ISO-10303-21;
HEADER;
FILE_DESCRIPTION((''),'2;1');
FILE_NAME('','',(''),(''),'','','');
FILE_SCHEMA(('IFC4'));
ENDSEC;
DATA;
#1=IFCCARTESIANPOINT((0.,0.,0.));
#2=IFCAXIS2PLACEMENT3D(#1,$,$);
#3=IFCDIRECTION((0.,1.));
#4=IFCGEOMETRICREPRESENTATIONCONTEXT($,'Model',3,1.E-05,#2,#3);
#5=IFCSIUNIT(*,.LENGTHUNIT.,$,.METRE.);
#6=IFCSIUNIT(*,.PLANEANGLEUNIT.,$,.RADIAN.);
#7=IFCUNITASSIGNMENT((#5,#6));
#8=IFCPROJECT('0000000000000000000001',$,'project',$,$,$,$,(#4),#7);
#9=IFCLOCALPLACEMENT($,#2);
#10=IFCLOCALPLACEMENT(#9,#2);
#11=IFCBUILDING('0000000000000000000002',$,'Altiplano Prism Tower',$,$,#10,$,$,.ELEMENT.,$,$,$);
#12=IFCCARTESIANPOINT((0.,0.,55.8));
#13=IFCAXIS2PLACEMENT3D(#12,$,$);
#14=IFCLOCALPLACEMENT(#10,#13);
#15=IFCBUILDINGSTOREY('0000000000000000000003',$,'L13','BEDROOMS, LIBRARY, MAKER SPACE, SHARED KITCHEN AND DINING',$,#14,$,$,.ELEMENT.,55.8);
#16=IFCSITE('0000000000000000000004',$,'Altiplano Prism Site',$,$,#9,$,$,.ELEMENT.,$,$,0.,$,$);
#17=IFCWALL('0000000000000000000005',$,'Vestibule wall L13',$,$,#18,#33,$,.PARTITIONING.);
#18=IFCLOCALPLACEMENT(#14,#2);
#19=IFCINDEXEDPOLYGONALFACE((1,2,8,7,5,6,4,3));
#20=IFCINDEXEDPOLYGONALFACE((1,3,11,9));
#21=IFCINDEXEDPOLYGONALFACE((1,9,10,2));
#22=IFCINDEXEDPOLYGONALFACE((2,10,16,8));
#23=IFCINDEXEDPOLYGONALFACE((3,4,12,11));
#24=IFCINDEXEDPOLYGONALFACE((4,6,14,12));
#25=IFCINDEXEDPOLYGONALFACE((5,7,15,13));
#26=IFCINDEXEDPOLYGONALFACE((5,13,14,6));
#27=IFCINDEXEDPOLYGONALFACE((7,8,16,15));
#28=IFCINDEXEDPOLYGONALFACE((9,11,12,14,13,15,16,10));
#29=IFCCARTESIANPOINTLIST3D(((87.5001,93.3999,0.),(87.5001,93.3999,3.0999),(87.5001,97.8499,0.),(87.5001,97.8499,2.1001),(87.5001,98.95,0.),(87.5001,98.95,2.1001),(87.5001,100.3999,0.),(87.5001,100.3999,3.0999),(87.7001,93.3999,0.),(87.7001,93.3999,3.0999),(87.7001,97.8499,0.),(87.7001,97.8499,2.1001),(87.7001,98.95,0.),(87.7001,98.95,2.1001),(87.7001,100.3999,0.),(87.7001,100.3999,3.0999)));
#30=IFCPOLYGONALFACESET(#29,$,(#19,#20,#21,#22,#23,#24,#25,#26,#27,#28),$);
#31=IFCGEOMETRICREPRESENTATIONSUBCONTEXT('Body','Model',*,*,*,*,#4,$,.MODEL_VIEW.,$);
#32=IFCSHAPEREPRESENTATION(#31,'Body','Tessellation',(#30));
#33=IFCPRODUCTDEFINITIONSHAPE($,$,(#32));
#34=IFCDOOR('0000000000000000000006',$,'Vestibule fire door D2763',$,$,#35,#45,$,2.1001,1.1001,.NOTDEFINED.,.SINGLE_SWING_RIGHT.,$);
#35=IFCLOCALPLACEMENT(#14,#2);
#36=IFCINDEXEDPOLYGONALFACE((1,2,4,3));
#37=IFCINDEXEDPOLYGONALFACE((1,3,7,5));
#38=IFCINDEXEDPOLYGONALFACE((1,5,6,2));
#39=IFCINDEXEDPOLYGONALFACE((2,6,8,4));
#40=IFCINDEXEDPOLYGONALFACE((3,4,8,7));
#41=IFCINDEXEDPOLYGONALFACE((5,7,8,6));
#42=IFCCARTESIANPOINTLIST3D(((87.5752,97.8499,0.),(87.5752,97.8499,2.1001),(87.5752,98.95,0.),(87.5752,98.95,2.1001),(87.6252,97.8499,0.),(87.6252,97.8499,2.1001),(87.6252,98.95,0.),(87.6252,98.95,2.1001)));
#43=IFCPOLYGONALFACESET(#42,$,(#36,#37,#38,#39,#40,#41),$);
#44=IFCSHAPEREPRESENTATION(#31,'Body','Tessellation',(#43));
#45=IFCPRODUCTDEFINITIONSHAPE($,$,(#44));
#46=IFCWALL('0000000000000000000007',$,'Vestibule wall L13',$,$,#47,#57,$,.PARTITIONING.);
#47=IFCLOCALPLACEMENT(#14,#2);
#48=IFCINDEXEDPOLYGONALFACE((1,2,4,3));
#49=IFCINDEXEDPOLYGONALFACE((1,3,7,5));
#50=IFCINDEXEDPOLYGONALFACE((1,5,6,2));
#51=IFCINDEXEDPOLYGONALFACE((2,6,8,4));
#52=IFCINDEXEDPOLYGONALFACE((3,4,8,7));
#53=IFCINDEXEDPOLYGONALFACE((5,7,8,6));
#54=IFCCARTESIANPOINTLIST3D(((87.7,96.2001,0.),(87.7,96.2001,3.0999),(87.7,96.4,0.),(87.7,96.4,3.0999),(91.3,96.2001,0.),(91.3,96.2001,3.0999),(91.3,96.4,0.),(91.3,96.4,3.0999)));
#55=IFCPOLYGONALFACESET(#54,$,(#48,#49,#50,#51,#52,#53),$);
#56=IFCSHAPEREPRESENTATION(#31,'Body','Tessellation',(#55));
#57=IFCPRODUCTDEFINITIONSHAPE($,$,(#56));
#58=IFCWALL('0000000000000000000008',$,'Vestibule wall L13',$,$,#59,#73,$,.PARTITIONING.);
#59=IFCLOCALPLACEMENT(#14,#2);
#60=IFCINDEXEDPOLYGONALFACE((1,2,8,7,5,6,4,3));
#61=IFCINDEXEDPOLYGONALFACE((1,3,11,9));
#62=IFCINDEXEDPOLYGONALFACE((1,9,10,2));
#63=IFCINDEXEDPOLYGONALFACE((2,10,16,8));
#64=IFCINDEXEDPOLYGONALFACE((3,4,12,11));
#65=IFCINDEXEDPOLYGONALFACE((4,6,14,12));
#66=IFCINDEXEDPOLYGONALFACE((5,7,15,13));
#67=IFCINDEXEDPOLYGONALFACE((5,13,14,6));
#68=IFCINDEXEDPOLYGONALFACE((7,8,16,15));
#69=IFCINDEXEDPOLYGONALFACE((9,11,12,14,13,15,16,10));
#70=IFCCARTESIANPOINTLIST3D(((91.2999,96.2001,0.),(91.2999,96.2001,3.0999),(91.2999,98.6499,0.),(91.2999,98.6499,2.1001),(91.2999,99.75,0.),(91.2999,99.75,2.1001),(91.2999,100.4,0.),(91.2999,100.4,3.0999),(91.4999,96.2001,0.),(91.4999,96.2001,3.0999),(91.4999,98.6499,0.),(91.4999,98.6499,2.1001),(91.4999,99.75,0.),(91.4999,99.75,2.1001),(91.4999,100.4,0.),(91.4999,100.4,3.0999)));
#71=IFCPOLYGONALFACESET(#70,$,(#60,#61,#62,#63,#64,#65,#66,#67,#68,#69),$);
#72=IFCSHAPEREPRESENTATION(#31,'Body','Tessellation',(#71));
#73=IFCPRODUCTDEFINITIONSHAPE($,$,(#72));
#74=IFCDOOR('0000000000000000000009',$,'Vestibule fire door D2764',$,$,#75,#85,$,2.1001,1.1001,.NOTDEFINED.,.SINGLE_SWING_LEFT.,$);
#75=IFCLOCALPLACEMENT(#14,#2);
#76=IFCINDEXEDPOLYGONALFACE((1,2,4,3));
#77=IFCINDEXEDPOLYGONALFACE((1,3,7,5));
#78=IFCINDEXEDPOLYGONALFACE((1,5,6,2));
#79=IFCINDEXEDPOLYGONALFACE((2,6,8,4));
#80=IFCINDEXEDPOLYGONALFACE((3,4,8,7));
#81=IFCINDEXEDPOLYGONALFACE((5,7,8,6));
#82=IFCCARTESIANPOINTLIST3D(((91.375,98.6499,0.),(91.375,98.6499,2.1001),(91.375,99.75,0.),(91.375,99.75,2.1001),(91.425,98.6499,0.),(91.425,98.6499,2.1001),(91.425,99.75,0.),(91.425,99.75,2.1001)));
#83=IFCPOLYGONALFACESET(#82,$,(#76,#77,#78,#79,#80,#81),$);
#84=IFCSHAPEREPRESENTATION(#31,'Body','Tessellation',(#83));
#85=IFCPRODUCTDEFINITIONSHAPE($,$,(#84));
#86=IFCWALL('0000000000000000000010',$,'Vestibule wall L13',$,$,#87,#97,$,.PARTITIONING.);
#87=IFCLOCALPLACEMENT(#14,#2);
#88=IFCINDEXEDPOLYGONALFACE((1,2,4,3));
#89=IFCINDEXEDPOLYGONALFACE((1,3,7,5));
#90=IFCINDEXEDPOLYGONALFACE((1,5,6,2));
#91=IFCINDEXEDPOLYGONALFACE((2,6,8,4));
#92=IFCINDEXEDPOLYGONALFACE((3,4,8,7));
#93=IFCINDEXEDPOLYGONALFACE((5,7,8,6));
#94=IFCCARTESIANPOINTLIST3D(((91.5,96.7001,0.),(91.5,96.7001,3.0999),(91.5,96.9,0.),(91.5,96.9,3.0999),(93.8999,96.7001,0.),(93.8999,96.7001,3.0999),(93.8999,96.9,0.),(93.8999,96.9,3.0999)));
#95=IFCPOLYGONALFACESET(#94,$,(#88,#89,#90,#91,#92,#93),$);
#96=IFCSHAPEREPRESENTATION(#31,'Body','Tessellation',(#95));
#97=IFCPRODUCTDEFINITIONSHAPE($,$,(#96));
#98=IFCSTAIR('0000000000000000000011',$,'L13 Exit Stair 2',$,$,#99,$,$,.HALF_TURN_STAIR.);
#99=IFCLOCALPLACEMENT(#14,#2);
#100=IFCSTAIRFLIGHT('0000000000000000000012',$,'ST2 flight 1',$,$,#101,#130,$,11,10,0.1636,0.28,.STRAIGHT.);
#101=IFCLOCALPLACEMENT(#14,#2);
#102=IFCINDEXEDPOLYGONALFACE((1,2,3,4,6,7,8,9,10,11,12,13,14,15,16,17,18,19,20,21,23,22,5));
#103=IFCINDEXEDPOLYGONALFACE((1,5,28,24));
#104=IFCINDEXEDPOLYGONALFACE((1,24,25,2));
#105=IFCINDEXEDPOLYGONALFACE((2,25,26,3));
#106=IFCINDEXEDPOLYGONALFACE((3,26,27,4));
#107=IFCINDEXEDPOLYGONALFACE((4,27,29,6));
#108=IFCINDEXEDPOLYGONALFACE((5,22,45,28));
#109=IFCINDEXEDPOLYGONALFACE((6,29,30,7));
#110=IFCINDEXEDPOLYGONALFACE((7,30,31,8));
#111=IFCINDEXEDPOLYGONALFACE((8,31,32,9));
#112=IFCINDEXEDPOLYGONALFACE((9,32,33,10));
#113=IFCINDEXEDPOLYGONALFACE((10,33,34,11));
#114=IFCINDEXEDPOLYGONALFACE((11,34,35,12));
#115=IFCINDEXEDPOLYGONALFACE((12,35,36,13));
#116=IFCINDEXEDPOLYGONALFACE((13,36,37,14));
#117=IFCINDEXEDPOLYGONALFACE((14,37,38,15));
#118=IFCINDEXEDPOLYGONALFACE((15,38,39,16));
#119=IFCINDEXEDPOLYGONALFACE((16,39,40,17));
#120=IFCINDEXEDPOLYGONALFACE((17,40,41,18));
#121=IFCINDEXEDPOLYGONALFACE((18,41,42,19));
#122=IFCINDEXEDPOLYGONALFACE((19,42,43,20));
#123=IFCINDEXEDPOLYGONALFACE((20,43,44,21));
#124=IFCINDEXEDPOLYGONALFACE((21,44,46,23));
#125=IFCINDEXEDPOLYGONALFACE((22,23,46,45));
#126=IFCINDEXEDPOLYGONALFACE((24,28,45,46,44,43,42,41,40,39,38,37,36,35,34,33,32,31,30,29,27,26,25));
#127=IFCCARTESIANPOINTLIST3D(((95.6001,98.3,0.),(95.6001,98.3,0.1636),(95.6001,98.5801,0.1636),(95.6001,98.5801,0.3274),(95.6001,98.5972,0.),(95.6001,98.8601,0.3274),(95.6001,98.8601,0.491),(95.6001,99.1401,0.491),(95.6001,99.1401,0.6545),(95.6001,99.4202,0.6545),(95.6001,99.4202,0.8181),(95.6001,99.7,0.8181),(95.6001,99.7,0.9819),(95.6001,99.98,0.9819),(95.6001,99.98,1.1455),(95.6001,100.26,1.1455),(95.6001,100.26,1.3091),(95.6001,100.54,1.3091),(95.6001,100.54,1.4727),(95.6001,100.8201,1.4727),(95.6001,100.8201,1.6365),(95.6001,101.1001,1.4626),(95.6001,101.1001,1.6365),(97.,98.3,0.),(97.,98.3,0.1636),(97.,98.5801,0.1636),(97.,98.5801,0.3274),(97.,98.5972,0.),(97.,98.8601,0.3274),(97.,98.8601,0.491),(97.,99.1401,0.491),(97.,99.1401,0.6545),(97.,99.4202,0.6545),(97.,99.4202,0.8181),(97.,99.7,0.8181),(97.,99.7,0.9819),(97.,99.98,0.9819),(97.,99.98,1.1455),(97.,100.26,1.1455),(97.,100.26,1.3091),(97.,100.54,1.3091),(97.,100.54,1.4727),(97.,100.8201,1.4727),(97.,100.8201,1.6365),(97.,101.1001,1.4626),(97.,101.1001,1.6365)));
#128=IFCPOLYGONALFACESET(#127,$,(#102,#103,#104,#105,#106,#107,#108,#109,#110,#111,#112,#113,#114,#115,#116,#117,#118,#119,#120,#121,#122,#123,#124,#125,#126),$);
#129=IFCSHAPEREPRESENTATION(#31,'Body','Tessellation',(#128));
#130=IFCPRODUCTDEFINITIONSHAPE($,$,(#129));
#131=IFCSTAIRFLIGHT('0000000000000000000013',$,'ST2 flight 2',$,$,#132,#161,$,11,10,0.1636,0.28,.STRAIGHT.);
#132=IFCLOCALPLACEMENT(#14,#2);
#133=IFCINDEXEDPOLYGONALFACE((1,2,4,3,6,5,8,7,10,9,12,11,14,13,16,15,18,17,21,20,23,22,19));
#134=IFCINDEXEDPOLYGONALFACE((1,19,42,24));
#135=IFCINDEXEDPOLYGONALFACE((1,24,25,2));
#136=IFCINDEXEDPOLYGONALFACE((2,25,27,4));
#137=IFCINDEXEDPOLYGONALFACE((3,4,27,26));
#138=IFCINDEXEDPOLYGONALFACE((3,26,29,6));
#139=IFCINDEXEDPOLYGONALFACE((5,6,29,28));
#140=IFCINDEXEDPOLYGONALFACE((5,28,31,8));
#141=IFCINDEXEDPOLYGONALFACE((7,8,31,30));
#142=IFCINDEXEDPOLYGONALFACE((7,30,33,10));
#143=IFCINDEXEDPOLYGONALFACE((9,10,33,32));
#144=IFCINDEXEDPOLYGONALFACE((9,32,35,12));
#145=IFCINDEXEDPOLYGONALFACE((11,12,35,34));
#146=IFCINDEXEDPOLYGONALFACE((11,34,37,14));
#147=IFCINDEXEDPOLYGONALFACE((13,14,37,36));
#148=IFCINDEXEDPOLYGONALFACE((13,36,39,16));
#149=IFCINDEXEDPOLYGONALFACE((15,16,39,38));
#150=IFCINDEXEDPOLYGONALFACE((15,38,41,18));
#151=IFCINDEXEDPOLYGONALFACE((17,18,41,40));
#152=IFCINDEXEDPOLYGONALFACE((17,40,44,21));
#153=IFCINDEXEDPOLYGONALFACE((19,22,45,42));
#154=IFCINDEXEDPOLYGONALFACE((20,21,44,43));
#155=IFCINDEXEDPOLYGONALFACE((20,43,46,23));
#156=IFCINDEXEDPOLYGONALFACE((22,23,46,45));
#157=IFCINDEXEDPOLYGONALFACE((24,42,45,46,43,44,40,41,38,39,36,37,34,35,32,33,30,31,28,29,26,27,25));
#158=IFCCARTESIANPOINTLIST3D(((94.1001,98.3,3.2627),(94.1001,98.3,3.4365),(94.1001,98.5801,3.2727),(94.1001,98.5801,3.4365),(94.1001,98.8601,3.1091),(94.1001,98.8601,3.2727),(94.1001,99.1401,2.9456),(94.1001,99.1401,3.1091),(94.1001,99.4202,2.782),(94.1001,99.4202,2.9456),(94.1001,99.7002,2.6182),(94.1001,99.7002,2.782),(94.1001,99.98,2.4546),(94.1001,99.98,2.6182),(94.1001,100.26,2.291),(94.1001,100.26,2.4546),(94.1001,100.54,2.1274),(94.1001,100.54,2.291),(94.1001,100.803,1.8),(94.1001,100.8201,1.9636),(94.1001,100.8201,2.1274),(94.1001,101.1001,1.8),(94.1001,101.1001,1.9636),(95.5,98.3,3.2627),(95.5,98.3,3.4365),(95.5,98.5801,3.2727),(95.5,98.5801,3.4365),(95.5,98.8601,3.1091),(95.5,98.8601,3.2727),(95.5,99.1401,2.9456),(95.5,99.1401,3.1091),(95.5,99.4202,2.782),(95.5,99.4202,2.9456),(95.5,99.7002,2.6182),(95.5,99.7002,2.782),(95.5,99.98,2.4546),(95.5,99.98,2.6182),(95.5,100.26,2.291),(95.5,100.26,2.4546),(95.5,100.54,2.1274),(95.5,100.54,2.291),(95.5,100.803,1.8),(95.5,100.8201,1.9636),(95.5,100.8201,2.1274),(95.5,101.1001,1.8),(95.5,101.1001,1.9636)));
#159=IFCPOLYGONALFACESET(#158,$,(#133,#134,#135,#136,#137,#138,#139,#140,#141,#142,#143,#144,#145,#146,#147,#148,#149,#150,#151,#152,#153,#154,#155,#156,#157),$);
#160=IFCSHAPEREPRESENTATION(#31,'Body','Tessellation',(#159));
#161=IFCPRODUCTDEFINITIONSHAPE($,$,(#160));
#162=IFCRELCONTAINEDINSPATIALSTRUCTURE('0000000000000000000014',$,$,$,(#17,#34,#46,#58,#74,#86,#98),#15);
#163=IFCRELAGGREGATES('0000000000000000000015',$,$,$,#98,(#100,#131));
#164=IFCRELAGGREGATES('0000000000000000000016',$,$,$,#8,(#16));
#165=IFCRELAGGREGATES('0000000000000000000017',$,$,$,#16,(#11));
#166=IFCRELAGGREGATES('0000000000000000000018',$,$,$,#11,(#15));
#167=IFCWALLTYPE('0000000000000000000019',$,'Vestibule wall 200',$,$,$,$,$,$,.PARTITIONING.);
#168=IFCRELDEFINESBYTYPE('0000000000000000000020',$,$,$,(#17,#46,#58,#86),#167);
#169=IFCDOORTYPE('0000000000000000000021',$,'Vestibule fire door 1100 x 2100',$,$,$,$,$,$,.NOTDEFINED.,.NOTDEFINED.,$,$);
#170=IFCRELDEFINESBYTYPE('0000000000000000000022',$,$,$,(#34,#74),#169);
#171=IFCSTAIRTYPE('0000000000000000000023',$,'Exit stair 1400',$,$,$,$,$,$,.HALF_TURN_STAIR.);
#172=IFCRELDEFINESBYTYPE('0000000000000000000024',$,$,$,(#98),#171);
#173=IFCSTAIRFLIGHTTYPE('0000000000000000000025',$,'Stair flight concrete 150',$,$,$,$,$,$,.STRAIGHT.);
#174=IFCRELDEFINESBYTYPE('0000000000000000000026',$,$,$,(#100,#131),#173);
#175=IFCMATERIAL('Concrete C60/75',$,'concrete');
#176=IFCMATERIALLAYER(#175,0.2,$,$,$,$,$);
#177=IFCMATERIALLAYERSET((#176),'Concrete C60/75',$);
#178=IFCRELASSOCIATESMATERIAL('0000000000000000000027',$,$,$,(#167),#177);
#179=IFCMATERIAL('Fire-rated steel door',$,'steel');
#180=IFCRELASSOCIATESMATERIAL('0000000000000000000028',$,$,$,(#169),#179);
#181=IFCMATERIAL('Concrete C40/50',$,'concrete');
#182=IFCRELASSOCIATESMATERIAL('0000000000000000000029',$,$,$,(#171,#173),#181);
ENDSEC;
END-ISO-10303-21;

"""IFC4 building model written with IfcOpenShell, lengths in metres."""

from ifc_helpers import new_model, si_unit, direction, frame, frame_2d, origin, place, context, subcontext, project, spatial, polyline, rectangle, outline, extrude, material, layer, layer_set, type_object, element, fill, aggregate, save


model = new_model("IFC4")

# Units and contexts
model_context = context("Model", 3, precision=1e-05, world=origin(), true_north=direction((0.0, 1.0)))
body_context = subcontext(model_context, "Body", "Model", "MODEL_VIEW")
ifc_project = project(units=[si_unit("LENGTHUNIT", "METRE"), si_unit("PLANEANGLEUNIT", "RADIAN")], contexts=[model_context])

# Site, building, storey
site_placement = place(None, origin())
site = spatial("IfcSite", under=ifc_project, at=site_placement, Name="Altiplano Prism Site", CompositionType="ELEMENT", RefElevation=0.0)
building_placement = place(site_placement, origin())
building = spatial("IfcBuilding", under=site, at=building_placement, Name="Altiplano Prism Tower", CompositionType="ELEMENT")
storey_placement = place(building_placement, frame((0.0, 0.0, 55.8)))
storey = spatial("IfcBuildingStorey", under=building, at=storey_placement, Name="L13", Description="BEDROOMS, LIBRARY, MAKER SPACE, SHARED KITCHEN AND DINING", CompositionType="ELEMENT", Elevation=55.8)

# Shared definitions
ifc_material_1 = material(Name="Concrete C60/75", Category="concrete")

# Shared definitions
ifc_material_2 = material(Name="Fire-rated steel door", Category="steel")

# Wall, opening, door
ifc_layer_1 = layer(ifc_material_1, 0.2)
ifc_layer_set_1 = layer_set([ifc_layer_1], Name="Concrete C60/75")
wall_type_1 = type_object("IfcWallType", Name="Vestibule wall 200", PredefinedType="PARTITIONING", material=ifc_layer_set_1)
wall_1_placement = place(storey_placement, frame((87.6001, 93.3999, 0.0), z_axis=(0.0, 0.0, 1.0), x_axis=(0.0, 1.0, 0.0)))
wall_1 = element("IfcWall", 1, at=wall_1_placement, inside=storey, type_object=wall_type_1, Name="Vestibule wall L13", PredefinedType="PARTITIONING", context=body_context, shape_type="SweptSolid", body=[
    extrude(rectangle(XDim=7.0, YDim=0.2, at=frame_2d((3.5, 0.0))), origin(), (0.0, 0.0, 1.0), 3.0999),
])
opening_1_placement = place(wall_1_placement, frame((4.45, 0.0, 0.0)))
opening_1 = element("IfcOpeningElement", 2, at=opening_1_placement, cuts=wall_1, PredefinedType="OPENING", context=body_context, shape_type="SweptSolid", body=[
    extrude(rectangle(XDim=1.1001, YDim=2.1001, at=frame_2d((0.55, 1.05))), frame((0.0, 0.1104, 0.0), z_axis=(0.0, -1.0, 0.0), x_axis=(1.0, 0.0, 0.0)), (0.0, 0.0, 1.0), 0.2209),
])
door_type_1 = type_object("IfcDoorType", Name="Vestibule fire door 1100 x 2100", OperationType="NOTDEFINED", PredefinedType="NOTDEFINED", material=ifc_material_2)
door_1_placement = place(opening_1_placement, origin())
door_1 = element("IfcDoor", 3, at=door_1_placement, inside=storey, type_object=door_type_1, Name="Vestibule fire door D2763", OperationType="SINGLE_SWING_RIGHT", OverallHeight=2.1001, OverallWidth=1.1001, PredefinedType="NOTDEFINED", context=body_context, shape_type="SweptSolid", body=[
    extrude(rectangle(XDim=1.1001, YDim=2.1001, at=frame_2d((0.55, 1.05))), frame((0.0, 0.0249, 0.0), z_axis=(0.0, -1.0, 0.0), x_axis=(1.0, 0.0, 0.0)), (0.0, 0.0, 1.0), 0.05),
])
fill(opening_1, door_1)

# Wall
wall_2_placement = place(storey_placement, frame((87.7, 96.3, 0.0), z_axis=(0.0, 0.0, 1.0), x_axis=(1.0, 0.0, 0.0)))
element("IfcWall", 4, at=wall_2_placement, inside=storey, type_object=wall_type_1, Name="Vestibule wall L13", PredefinedType="PARTITIONING", context=body_context, shape_type="SweptSolid", body=[
    extrude(rectangle(XDim=3.6001, YDim=0.2, at=frame_2d((1.8, 0.0))), origin(), (0.0, 0.0, 1.0), 3.0999),
])

# Wall, opening, door
wall_3_placement = place(storey_placement, frame((91.3999, 96.2, 0.0), z_axis=(0.0, 0.0, 1.0), x_axis=(0.0, 1.0, 0.0)))
wall_3 = element("IfcWall", 5, at=wall_3_placement, inside=storey, type_object=wall_type_1, Name="Vestibule wall L13", PredefinedType="PARTITIONING", context=body_context, shape_type="SweptSolid", body=[
    extrude(rectangle(XDim=4.2, YDim=0.2, at=frame_2d((2.1001, 0.0))), origin(), (0.0, 0.0, 1.0), 3.0999),
])
opening_2_placement = place(wall_3_placement, frame((2.45, 0.0, 0.0)))
opening_2 = element("IfcOpeningElement", 6, at=opening_2_placement, cuts=wall_3, PredefinedType="OPENING", context=body_context, shape_type="SweptSolid", body=[
    extrude(rectangle(XDim=1.1001, YDim=2.1001, at=frame_2d((0.55, 1.05))), frame((0.0, 0.1104, 0.0), z_axis=(0.0, -1.0, 0.0), x_axis=(1.0, 0.0, 0.0)), (0.0, 0.0, 1.0), 0.2209),
])
door_2_placement = place(opening_2_placement, origin())
door_2 = element("IfcDoor", 7, at=door_2_placement, inside=storey, type_object=door_type_1, Name="Vestibule fire door D2764", OperationType="SINGLE_SWING_LEFT", OverallHeight=2.1001, OverallWidth=1.1001, PredefinedType="NOTDEFINED", context=body_context, shape_type="SweptSolid", body=[
    extrude(rectangle(XDim=1.1001, YDim=2.1001, at=frame_2d((0.55, 1.05))), frame((0.0, 0.0249, 0.0), z_axis=(0.0, -1.0, 0.0), x_axis=(1.0, 0.0, 0.0)), (0.0, 0.0, 1.0), 0.05),
])
fill(opening_2, door_2)

# Wall
wall_4_placement = place(storey_placement, frame((91.5, 96.8, 0.0), z_axis=(0.0, 0.0, 1.0), x_axis=(1.0, 0.0, 0.0)))
element("IfcWall", 8, at=wall_4_placement, inside=storey, type_object=wall_type_1, Name="Vestibule wall L13", PredefinedType="PARTITIONING", context=body_context, shape_type="SweptSolid", body=[
    extrude(rectangle(XDim=2.3999, YDim=0.2, at=frame_2d((1.2, 0.0))), origin(), (0.0, 0.0, 1.0), 3.0999),
])

# Stair, stair flights
ifc_material_3 = material(Name="Concrete C40/50", Category="concrete")
stair_type_1 = type_object("IfcStairType", Name="Exit stair 1400", PredefinedType="HALF_TURN_STAIR", material=ifc_material_3)
stair_1_placement = place(storey_placement, origin())
stair_1 = element("IfcStair", 9, at=stair_1_placement, inside=storey, type_object=stair_type_1, Name="L13 Exit Stair 2", PredefinedType="HALF_TURN_STAIR")
stair_flight_type = type_object("IfcStairFlightType", Name="Stair flight concrete 150", PredefinedType="STRAIGHT", material=ifc_material_3)
stair_flight_1_placement = place(storey_placement, frame((96.3, 98.3, 0.0), z_axis=(0.0, 0.0, 1.0), x_axis=(0.0, 1.0, 0.0)))
stair_flight_1 = element("IfcStairFlight", 10, at=stair_flight_1_placement, type_object=stair_flight_type, Name="ST2 flight 1", NumberOfRisers=11, NumberOfTreads=10, PredefinedType="STRAIGHT", RiserHeight=0.1636, TreadLength=0.28, context=body_context, shape_type="SweptSolid", body=[
    extrude(outline(polyline([(0.0, 0.0), (0.0, 0.1636), (0.28, 0.1636), (0.28, 0.3274), (0.5601, 0.3274), (0.5601, 0.491), (0.8401, 0.491), (0.8401, 0.6545), (1.1201, 0.6545), (1.1201, 0.8181), (1.3999, 0.8181), (1.3999, 0.9819), (1.6799, 0.9819), (1.6799, 1.1455), (1.96, 1.1455), (1.96, 1.3091), (2.24, 1.3091), (2.24, 1.4727), (2.52, 1.4727), (2.52, 1.6365), (2.8, 1.6365), (2.8, 1.8), (2.8, 1.4626), (0.2971, 0.0), (0.0, 0.0)])), frame((0.0, 0.7, 0.0), z_axis=(0.0, -1.0, 0.0), x_axis=(1.0, 0.0, 0.0)), (0.0, 0.0, 1.0), 1.3999),
])
stair_flight_2_placement = place(storey_placement, frame((94.8, 101.1001, 1.8), z_axis=(0.0, 0.0, 1.0), x_axis=(0.0, -1.0, 0.0)))
stair_flight_2 = element("IfcStairFlight", 11, at=stair_flight_2_placement, type_object=stair_flight_type, Name="ST2 flight 2", NumberOfRisers=11, NumberOfTreads=10, PredefinedType="STRAIGHT", RiserHeight=0.1636, TreadLength=0.28, context=body_context, shape_type="SweptSolid", body=[
    extrude(outline(polyline([(0.0, 0.0), (0.0, 0.1636), (0.28, 0.1636), (0.28, 0.3274), (0.5601, 0.3274), (0.5601, 0.491), (0.8401, 0.491), (0.8401, 0.6545), (1.1201, 0.6545), (1.1201, 0.8181), (1.3999, 0.8181), (1.3999, 0.9819), (1.6799, 0.9819), (1.6799, 1.1455), (1.96, 1.1455), (1.96, 1.3091), (2.24, 1.3091), (2.24, 1.4727), (2.52, 1.4727), (2.52, 1.6365), (2.8, 1.6365), (2.8, 1.8), (2.8, 1.4626), (0.2971, 0.0), (0.0, 0.0)])), frame((0.0, 0.7, 0.0), z_axis=(0.0, -1.0, 0.0), x_axis=(1.0, 0.0, 0.0)), (0.0, 0.0, 1.0), 1.3999),
])
aggregate(stair_1, [stair_flight_1, stair_flight_2])

save(model, "model.ifc")
